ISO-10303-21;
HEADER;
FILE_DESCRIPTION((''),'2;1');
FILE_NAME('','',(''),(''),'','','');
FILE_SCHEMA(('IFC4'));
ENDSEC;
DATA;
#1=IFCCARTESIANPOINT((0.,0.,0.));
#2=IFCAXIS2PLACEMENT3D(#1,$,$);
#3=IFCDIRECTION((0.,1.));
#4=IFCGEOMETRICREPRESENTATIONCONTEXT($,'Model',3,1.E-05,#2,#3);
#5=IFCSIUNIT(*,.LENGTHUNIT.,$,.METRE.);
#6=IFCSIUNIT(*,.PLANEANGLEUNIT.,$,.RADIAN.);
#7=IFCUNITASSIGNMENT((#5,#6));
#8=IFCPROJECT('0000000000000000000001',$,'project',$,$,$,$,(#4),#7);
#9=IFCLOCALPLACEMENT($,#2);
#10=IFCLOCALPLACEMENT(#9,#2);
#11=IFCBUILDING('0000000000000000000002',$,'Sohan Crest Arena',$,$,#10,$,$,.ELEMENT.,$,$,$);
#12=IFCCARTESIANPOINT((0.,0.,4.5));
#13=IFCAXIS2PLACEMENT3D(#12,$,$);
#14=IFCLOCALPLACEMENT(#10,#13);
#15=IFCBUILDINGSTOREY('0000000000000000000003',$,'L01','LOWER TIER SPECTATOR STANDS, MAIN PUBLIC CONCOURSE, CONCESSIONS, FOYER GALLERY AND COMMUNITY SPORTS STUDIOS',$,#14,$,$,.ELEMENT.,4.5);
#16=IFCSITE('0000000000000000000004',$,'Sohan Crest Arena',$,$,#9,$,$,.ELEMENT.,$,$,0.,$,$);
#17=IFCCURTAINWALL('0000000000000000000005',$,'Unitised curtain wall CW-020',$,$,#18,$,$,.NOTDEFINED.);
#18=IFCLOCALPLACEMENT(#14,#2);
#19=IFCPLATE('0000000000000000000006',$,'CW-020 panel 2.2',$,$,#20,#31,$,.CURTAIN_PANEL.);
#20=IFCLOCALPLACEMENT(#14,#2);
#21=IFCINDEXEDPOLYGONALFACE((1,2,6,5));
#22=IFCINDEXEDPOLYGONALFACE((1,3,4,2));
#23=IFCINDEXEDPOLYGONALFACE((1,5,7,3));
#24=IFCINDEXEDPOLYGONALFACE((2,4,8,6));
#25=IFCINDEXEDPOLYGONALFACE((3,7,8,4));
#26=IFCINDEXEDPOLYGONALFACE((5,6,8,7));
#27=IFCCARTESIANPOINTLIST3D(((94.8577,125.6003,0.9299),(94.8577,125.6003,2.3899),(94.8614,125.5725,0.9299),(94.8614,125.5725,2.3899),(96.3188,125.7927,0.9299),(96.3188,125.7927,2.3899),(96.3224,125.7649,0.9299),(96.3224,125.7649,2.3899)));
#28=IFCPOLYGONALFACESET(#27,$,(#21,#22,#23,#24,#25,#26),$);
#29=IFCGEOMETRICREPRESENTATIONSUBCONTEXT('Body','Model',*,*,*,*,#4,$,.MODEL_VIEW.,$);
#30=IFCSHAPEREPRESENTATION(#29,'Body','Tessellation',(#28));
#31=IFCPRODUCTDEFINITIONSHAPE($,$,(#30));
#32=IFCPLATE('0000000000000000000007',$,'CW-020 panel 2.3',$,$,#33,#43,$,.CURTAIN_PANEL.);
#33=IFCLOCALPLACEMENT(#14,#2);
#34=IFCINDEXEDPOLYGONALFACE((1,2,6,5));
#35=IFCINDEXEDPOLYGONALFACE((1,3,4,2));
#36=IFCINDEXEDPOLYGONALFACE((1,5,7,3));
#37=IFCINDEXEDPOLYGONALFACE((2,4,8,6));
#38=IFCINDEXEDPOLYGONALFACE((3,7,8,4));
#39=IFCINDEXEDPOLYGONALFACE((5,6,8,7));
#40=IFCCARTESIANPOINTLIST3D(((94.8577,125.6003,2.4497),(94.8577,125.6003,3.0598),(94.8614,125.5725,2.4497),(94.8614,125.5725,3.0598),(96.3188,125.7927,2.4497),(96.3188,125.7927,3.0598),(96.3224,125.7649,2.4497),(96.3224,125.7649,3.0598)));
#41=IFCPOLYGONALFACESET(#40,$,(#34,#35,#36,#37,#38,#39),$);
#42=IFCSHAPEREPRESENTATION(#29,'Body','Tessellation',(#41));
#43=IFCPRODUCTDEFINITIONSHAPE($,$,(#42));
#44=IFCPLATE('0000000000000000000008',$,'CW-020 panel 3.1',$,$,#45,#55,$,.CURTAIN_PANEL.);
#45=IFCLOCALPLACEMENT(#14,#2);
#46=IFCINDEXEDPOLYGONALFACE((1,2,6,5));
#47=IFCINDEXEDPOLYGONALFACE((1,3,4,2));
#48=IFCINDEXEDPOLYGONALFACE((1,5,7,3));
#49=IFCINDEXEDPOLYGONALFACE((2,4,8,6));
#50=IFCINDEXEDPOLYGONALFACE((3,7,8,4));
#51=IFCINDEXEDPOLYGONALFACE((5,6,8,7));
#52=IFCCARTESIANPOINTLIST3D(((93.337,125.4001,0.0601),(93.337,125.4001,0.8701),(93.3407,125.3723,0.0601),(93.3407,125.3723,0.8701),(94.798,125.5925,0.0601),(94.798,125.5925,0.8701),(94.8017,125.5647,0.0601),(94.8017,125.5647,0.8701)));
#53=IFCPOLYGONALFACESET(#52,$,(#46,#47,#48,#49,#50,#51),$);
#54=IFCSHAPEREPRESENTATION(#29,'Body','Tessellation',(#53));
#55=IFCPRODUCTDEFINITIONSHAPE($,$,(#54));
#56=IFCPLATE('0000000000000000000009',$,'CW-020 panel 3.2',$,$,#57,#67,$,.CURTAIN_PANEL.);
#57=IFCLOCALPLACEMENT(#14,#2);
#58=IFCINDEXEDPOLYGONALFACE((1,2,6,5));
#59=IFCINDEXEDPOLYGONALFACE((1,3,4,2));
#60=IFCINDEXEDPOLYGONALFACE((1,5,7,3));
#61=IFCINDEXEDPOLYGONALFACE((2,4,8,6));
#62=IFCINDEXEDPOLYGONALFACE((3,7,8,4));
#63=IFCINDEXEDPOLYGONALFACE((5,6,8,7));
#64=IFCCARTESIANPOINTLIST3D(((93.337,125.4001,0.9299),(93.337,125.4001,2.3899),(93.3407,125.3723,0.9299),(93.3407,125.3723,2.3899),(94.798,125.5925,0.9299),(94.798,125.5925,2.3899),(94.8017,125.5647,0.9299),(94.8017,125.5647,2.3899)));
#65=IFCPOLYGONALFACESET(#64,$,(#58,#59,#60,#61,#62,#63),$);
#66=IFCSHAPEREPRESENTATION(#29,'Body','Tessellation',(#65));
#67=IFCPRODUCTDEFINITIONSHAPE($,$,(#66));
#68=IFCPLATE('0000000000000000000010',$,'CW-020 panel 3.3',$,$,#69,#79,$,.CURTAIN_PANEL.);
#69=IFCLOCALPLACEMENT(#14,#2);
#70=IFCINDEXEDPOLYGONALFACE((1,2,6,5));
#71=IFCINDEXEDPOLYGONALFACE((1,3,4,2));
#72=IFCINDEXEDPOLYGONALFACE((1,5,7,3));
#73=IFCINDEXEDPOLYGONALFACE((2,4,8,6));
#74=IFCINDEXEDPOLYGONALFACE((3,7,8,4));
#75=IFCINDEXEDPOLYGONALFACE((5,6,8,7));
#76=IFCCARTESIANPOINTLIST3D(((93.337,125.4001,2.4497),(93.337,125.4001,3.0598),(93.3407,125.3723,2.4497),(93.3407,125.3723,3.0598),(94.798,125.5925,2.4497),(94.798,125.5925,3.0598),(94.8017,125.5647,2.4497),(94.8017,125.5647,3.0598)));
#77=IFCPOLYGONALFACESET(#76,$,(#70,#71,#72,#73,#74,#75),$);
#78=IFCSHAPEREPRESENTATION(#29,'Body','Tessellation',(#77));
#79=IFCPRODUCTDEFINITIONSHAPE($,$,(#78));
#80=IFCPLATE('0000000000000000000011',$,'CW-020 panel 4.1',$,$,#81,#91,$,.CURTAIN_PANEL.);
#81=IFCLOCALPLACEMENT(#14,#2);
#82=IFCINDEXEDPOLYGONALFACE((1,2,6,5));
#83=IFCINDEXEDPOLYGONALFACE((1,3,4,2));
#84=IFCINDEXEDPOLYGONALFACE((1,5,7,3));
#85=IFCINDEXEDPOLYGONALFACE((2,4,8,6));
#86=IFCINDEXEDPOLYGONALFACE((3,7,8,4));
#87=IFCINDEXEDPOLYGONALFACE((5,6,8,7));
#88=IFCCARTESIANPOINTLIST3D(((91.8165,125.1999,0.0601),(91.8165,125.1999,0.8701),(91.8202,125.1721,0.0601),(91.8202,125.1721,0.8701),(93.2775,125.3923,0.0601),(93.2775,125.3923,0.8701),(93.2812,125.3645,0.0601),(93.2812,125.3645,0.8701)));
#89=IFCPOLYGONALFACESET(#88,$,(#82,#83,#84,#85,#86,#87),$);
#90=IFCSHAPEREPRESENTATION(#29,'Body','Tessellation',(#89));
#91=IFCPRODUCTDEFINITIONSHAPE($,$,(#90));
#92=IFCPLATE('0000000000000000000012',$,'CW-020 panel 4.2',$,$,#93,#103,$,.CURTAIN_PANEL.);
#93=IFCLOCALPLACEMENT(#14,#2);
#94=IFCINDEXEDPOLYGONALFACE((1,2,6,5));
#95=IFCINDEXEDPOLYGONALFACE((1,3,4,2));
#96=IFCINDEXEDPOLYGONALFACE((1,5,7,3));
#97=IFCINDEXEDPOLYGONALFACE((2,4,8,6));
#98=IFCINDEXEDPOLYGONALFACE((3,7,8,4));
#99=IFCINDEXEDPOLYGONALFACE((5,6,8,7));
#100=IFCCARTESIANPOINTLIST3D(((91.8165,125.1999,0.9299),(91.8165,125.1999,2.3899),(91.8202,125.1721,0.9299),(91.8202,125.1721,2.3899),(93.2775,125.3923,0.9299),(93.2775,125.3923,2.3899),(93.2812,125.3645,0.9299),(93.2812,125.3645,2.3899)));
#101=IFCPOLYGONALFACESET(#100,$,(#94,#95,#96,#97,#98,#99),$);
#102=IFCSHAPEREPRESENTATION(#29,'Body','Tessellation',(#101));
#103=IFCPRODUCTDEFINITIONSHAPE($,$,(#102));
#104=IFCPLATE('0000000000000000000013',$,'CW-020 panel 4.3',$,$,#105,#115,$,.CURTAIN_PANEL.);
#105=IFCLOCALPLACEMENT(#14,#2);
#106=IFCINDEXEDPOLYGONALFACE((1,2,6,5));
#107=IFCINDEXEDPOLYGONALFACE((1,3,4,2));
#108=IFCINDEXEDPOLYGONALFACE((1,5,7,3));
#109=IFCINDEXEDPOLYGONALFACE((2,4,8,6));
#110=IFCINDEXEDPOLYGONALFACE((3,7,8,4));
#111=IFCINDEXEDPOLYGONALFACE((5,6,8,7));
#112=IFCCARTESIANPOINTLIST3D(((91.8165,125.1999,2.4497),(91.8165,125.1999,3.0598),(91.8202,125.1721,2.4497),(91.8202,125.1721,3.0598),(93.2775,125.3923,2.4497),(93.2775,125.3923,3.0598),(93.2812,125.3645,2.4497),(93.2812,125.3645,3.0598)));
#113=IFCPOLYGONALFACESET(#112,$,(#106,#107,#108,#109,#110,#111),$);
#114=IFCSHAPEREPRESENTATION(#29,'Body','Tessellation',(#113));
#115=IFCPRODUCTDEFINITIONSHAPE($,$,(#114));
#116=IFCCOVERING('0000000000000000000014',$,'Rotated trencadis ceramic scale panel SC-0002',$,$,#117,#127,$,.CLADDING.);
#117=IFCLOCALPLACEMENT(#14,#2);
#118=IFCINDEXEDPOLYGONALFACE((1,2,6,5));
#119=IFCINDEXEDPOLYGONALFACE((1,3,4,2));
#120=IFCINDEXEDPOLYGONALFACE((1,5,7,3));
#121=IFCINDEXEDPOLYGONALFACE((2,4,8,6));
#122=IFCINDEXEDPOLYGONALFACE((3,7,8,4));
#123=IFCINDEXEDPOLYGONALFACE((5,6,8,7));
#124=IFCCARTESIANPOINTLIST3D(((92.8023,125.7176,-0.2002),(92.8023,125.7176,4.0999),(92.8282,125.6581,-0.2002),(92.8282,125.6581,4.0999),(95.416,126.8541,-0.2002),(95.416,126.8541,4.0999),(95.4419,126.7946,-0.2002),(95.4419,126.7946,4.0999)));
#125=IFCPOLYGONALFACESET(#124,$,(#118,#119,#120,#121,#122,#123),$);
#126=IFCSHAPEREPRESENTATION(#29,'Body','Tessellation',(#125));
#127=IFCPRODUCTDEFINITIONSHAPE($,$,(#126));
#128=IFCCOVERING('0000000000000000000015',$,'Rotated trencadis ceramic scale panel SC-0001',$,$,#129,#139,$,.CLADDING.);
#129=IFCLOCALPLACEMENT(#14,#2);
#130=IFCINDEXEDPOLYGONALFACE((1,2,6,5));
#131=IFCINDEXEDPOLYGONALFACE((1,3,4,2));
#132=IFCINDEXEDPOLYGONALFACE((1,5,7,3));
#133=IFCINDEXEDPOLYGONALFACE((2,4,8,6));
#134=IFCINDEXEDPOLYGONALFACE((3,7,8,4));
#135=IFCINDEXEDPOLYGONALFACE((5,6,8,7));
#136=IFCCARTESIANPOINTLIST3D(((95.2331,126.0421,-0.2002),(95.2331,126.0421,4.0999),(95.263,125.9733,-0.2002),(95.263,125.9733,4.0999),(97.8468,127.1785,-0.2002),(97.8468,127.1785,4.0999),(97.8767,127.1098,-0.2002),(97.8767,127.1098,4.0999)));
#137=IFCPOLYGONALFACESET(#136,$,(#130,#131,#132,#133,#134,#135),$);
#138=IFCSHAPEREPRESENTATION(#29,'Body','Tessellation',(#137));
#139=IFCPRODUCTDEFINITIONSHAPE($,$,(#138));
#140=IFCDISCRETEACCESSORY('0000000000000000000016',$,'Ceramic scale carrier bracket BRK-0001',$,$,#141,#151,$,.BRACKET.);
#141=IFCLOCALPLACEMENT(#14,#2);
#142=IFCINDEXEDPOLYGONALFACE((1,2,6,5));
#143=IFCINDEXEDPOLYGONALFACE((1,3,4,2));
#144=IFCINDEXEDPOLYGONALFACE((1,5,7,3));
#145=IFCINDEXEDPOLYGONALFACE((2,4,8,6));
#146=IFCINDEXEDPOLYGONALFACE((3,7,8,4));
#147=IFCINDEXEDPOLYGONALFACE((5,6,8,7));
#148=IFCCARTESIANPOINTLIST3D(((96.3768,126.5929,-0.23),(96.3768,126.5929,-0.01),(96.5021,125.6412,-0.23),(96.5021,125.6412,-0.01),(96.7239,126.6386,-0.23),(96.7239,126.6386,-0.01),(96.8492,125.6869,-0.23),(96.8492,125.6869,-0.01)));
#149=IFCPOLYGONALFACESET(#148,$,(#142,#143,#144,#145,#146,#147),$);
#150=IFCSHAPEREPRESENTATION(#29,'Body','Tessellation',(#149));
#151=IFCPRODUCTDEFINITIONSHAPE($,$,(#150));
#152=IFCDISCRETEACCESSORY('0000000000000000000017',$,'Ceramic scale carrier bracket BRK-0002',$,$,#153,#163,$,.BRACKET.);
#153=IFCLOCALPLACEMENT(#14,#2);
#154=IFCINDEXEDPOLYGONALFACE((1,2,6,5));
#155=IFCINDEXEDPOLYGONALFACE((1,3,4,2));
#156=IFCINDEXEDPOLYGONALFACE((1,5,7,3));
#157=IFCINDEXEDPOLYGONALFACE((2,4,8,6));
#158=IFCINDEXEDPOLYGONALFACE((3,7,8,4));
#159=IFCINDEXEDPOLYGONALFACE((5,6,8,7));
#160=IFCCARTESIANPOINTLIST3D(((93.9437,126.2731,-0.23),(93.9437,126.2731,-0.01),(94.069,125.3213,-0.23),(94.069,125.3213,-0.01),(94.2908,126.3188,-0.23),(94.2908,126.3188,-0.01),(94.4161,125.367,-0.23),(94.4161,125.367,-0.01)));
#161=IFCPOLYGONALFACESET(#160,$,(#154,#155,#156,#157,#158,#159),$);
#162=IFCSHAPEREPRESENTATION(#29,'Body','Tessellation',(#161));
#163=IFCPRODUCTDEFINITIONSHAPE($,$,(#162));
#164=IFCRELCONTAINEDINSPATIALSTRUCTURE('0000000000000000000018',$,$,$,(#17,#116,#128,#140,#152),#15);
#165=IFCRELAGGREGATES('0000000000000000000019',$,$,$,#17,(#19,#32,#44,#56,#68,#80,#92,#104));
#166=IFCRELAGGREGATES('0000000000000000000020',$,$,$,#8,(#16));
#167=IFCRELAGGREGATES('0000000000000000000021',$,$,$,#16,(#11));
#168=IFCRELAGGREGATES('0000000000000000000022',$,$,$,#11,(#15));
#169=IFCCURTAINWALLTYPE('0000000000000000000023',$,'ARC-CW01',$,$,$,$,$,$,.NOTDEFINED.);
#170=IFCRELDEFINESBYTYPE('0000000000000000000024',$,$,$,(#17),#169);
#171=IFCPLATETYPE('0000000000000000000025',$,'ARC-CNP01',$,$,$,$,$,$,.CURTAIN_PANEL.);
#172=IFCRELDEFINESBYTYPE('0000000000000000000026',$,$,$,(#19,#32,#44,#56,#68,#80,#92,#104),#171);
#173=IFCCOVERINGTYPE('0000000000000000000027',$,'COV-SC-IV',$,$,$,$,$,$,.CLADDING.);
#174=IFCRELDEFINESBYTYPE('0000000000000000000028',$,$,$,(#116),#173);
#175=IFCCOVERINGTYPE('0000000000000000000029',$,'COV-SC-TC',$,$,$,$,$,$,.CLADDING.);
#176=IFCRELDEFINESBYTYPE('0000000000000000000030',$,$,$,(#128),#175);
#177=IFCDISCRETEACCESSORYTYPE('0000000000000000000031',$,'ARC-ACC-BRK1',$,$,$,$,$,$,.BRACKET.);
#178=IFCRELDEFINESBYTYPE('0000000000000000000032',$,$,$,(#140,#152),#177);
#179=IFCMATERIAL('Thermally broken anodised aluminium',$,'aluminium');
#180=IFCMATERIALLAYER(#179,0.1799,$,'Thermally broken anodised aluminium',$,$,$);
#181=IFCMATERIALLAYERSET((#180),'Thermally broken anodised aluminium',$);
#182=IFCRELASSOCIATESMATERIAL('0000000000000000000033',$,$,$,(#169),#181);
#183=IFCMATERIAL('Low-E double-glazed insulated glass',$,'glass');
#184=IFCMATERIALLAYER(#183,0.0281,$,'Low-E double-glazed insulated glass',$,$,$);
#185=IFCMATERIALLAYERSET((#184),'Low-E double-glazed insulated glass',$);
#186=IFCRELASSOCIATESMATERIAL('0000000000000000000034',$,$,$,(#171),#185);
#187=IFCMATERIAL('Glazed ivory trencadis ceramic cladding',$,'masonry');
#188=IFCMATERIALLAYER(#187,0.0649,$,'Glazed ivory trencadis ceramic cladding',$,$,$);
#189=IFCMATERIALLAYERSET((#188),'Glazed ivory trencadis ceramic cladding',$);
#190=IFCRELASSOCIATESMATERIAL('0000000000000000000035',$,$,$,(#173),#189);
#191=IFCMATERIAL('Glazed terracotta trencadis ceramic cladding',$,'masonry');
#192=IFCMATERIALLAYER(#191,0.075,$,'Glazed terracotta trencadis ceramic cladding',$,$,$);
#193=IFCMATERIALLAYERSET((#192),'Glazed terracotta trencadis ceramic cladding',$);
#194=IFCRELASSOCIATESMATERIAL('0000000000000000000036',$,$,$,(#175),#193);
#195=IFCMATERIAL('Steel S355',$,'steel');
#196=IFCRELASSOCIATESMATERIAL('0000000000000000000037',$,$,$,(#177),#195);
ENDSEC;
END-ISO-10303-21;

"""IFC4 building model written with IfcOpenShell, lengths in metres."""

from ifc_helpers import new_model, si_unit, direction, frame, origin, origin_2d, place, context, subcontext, project, spatial, rectangle, extrude, material, layer, layer_set, type_object, element, aggregate, save


model = new_model("IFC4")

# Units and contexts
model_context = context("Model", 3, precision=1e-05, world=origin(), true_north=direction((0.0, 1.0)))
body_context = subcontext(model_context, "Body", "Model", "MODEL_VIEW")
ifc_project = project(units=[si_unit("LENGTHUNIT", "METRE"), si_unit("PLANEANGLEUNIT", "RADIAN")], contexts=[model_context])

# Site, building, storey
site_placement = place(None, origin())
site = spatial("IfcSite", under=ifc_project, at=site_placement, Name="Sohan Crest Arena", CompositionType="ELEMENT", RefElevation=0.0)
building_placement = place(site_placement, origin())
building = spatial("IfcBuilding", under=site, at=building_placement, Name="Sohan Crest Arena", CompositionType="ELEMENT")
storey_placement = place(building_placement, frame((0.0, 0.0, 4.5)))
storey = spatial("IfcBuildingStorey", under=building, at=storey_placement, Name="L01", Description="LOWER TIER SPECTATOR STANDS, MAIN PUBLIC CONCOURSE, CONCESSIONS, FOYER GALLERY AND COMMUNITY SPORTS STUDIOS", CompositionType="ELEMENT", Elevation=4.5)

# Shared definitions
ifc_material_1 = material(Name="Steel S355", Category="steel")

# Curtain wall
ifc_material_2 = material(Name="Thermally broken anodised aluminium", Category="aluminium")
ifc_layer_1 = layer(ifc_material_2, 0.1799, Name="Thermally broken anodised aluminium")
ifc_layer_set_1 = layer_set([ifc_layer_1], Name="Thermally broken anodised aluminium")
curtain_wall_type = type_object("IfcCurtainWallType", Name="ARC-CW01", PredefinedType="NOTDEFINED", material=ifc_layer_set_1)
curtain_wall_placement = place(storey_placement, origin())
curtain_wall = element("IfcCurtainWall", 1, at=curtain_wall_placement, inside=storey, type_object=curtain_wall_type, Name="Unitised curtain wall CW-020", PredefinedType="NOTDEFINED")

# Plates
ifc_material_3 = material(Name="Low-E double-glazed insulated glass", Category="glass")
ifc_layer_2 = layer(ifc_material_3, 0.0281, Name="Low-E double-glazed insulated glass")
ifc_layer_set_2 = layer_set([ifc_layer_2], Name="Low-E double-glazed insulated glass")
plate_type = type_object("IfcPlateType", Name="ARC-CNP01", PredefinedType="CURTAIN_PANEL", material=ifc_layer_set_2)
plate_1_placement = place(storey_placement, frame((95.5901, 125.6826, 0.9299), z_axis=(0.0, 0.0, 1.0), x_axis=(-0.99144, -0.130562, 0.0)))
plate_1 = element("IfcPlate", 2, at=plate_1_placement, type_object=plate_type, Name="CW-020 panel 2.2", PredefinedType="CURTAIN_PANEL", context=body_context, shape_type="SweptSolid", body=[
    extrude(rectangle(XDim=1.4736, YDim=0.0281, at=origin_2d()), origin(), (0.0, 0.0, 1.0), 1.46),
])
plate_2_placement = place(storey_placement, frame((95.5901, 125.6826, 2.4497), z_axis=(0.0, 0.0, 1.0), x_axis=(-0.99144, -0.130562, 0.0)))
plate_2 = element("IfcPlate", 3, at=plate_2_placement, type_object=plate_type, Name="CW-020 panel 2.3", PredefinedType="CURTAIN_PANEL", context=body_context, shape_type="SweptSolid", body=[
    extrude(rectangle(XDim=1.4736, YDim=0.0281, at=origin_2d()), origin(), (0.0, 0.0, 1.0), 0.6101),
])
plate_3_placement = place(storey_placement, frame((94.0693, 125.4824, 0.0601), z_axis=(0.0, 0.0, 1.0), x_axis=(-0.99144, -0.130562, 0.0)))
plate_3 = element("IfcPlate", 4, at=plate_3_placement, type_object=plate_type, Name="CW-020 panel 3.1", PredefinedType="CURTAIN_PANEL", context=body_context, shape_type="SweptSolid", body=[
    extrude(rectangle(XDim=1.4736, YDim=0.0281, at=origin_2d()), origin(), (0.0, 0.0, 1.0), 0.8101),
])
plate_4_placement = place(storey_placement, frame((94.0693, 125.4824, 0.9299), z_axis=(0.0, 0.0, 1.0), x_axis=(-0.99144, -0.130562, 0.0)))
plate_4 = element("IfcPlate", 5, at=plate_4_placement, type_object=plate_type, Name="CW-020 panel 3.2", PredefinedType="CURTAIN_PANEL", context=body_context, shape_type="SweptSolid", body=[
    extrude(rectangle(XDim=1.4736, YDim=0.0281, at=origin_2d()), origin(), (0.0, 0.0, 1.0), 1.46),
])
plate_5_placement = place(storey_placement, frame((94.0693, 125.4824, 2.4497), z_axis=(0.0, 0.0, 1.0), x_axis=(-0.99144, -0.130562, 0.0)))
plate_5 = element("IfcPlate", 6, at=plate_5_placement, type_object=plate_type, Name="CW-020 panel 3.3", PredefinedType="CURTAIN_PANEL", context=body_context, shape_type="SweptSolid", body=[
    extrude(rectangle(XDim=1.4736, YDim=0.0281, at=origin_2d()), origin(), (0.0, 0.0, 1.0), 0.6101),
])
plate_6_placement = place(storey_placement, frame((92.5488, 125.2822, 0.0601), z_axis=(0.0, 0.0, 1.0), x_axis=(-0.99144, -0.130562, 0.0)))
plate_6 = element("IfcPlate", 7, at=plate_6_placement, type_object=plate_type, Name="CW-020 panel 4.1", PredefinedType="CURTAIN_PANEL", context=body_context, shape_type="SweptSolid", body=[
    extrude(rectangle(XDim=1.4736, YDim=0.0281, at=origin_2d()), origin(), (0.0, 0.0, 1.0), 0.8101),
])
plate_7_placement = place(storey_placement, frame((92.5488, 125.2822, 0.9299), z_axis=(0.0, 0.0, 1.0), x_axis=(-0.99144, -0.130562, 0.0)))
plate_7 = element("IfcPlate", 8, at=plate_7_placement, type_object=plate_type, Name="CW-020 panel 4.2", PredefinedType="CURTAIN_PANEL", context=body_context, shape_type="SweptSolid", body=[
    extrude(rectangle(XDim=1.4736, YDim=0.0281, at=origin_2d()), origin(), (0.0, 0.0, 1.0), 1.46),
])
plate_8_placement = place(storey_placement, frame((92.5488, 125.2822, 2.4497), z_axis=(0.0, 0.0, 1.0), x_axis=(-0.99144, -0.130562, 0.0)))
plate_8 = element("IfcPlate", 9, at=plate_8_placement, type_object=plate_type, Name="CW-020 panel 4.3", PredefinedType="CURTAIN_PANEL", context=body_context, shape_type="SweptSolid", body=[
    extrude(rectangle(XDim=1.4736, YDim=0.0281, at=origin_2d()), origin(), (0.0, 0.0, 1.0), 0.6101),
])
aggregate(curtain_wall, [plate_1, plate_2, plate_3, plate_4, plate_5, plate_6, plate_7, plate_8])

# Coverings
ifc_material_4 = material(Name="Glazed ivory trencadis ceramic cladding", Category="masonry")
ifc_layer_3 = layer(ifc_material_4, 0.0649, Name="Glazed ivory trencadis ceramic cladding")
ifc_layer_set_3 = layer_set([ifc_layer_3], Name="Glazed ivory trencadis ceramic cladding")
covering_type_1 = type_object("IfcCoveringType", Name="COV-SC-IV", PredefinedType="CLADDING", material=ifc_layer_set_3)
covering_1_placement = place(storey_placement, frame((94.1221, 126.2561, -0.2002), z_axis=(0.0, 0.0, 1.0), x_axis=(-0.91706, -0.398749, 0.0)))
element("IfcCovering", 10, at=covering_1_placement, inside=storey, type_object=covering_type_1, Name="Rotated trencadis ceramic scale panel SC-0002", PredefinedType="CLADDING", context=body_context, shape_type="SweptSolid", body=[
    extrude(rectangle(XDim=2.8501, YDim=0.0649, at=origin_2d()), origin(), (0.0, 0.0, 1.0), 4.3),
])
ifc_material_5 = material(Name="Glazed terracotta trencadis ceramic cladding", Category="masonry")
ifc_layer_4 = layer(ifc_material_5, 0.075, Name="Glazed terracotta trencadis ceramic cladding")
ifc_layer_set_4 = layer_set([ifc_layer_4], Name="Glazed terracotta trencadis ceramic cladding")
covering_type_2 = type_object("IfcCoveringType", Name="COV-SC-TC", PredefinedType="CLADDING", material=ifc_layer_set_4)
covering_2_placement = place(storey_placement, frame((96.5549, 126.5759, -0.2002), z_axis=(0.0, 0.0, 1.0), x_axis=(-0.91706, -0.398749, 0.0)))
element("IfcCovering", 11, at=covering_2_placement, inside=storey, type_object=covering_type_2, Name="Rotated trencadis ceramic scale panel SC-0001", PredefinedType="CLADDING", context=body_context, shape_type="SweptSolid", body=[
    extrude(rectangle(XDim=2.8501, YDim=0.075, at=origin_2d()), origin(), (0.0, 0.0, 1.0), 4.3),
])

# Discrete accessories
discrete_accessory_type = type_object("IfcDiscreteAccessoryType", Name="ARC-ACC-BRK1", PredefinedType="BRACKET", material=ifc_material_1)
for number, where, z_axis, x_axis, name in (
    (12, (96.613, 126.1399, -0.23), (0.0, 0.0, 1.0), (-0.991445, -0.130526, 0.0), "Ceramic scale carrier bracket BRK-0001"),
    (13, (94.1799, 125.8201, -0.23), (0.0, 0.0, 1.0), (-0.991445, -0.130526, 0.0), "Ceramic scale carrier bracket BRK-0002"),
):
    element("IfcDiscreteAccessory", number, at=place(storey_placement, frame(where, z_axis=z_axis, x_axis=x_axis)), inside=storey, type_object=discrete_accessory_type, Name=name, PredefinedType="BRACKET", context=body_context, shape_type="SweptSolid", body=[
        extrude(rectangle(XDim=0.3501, YDim=0.96, at=origin_2d()), origin(), (0.0, 0.0, 1.0), 0.22),
    ])

save(model, "model.ifc")
